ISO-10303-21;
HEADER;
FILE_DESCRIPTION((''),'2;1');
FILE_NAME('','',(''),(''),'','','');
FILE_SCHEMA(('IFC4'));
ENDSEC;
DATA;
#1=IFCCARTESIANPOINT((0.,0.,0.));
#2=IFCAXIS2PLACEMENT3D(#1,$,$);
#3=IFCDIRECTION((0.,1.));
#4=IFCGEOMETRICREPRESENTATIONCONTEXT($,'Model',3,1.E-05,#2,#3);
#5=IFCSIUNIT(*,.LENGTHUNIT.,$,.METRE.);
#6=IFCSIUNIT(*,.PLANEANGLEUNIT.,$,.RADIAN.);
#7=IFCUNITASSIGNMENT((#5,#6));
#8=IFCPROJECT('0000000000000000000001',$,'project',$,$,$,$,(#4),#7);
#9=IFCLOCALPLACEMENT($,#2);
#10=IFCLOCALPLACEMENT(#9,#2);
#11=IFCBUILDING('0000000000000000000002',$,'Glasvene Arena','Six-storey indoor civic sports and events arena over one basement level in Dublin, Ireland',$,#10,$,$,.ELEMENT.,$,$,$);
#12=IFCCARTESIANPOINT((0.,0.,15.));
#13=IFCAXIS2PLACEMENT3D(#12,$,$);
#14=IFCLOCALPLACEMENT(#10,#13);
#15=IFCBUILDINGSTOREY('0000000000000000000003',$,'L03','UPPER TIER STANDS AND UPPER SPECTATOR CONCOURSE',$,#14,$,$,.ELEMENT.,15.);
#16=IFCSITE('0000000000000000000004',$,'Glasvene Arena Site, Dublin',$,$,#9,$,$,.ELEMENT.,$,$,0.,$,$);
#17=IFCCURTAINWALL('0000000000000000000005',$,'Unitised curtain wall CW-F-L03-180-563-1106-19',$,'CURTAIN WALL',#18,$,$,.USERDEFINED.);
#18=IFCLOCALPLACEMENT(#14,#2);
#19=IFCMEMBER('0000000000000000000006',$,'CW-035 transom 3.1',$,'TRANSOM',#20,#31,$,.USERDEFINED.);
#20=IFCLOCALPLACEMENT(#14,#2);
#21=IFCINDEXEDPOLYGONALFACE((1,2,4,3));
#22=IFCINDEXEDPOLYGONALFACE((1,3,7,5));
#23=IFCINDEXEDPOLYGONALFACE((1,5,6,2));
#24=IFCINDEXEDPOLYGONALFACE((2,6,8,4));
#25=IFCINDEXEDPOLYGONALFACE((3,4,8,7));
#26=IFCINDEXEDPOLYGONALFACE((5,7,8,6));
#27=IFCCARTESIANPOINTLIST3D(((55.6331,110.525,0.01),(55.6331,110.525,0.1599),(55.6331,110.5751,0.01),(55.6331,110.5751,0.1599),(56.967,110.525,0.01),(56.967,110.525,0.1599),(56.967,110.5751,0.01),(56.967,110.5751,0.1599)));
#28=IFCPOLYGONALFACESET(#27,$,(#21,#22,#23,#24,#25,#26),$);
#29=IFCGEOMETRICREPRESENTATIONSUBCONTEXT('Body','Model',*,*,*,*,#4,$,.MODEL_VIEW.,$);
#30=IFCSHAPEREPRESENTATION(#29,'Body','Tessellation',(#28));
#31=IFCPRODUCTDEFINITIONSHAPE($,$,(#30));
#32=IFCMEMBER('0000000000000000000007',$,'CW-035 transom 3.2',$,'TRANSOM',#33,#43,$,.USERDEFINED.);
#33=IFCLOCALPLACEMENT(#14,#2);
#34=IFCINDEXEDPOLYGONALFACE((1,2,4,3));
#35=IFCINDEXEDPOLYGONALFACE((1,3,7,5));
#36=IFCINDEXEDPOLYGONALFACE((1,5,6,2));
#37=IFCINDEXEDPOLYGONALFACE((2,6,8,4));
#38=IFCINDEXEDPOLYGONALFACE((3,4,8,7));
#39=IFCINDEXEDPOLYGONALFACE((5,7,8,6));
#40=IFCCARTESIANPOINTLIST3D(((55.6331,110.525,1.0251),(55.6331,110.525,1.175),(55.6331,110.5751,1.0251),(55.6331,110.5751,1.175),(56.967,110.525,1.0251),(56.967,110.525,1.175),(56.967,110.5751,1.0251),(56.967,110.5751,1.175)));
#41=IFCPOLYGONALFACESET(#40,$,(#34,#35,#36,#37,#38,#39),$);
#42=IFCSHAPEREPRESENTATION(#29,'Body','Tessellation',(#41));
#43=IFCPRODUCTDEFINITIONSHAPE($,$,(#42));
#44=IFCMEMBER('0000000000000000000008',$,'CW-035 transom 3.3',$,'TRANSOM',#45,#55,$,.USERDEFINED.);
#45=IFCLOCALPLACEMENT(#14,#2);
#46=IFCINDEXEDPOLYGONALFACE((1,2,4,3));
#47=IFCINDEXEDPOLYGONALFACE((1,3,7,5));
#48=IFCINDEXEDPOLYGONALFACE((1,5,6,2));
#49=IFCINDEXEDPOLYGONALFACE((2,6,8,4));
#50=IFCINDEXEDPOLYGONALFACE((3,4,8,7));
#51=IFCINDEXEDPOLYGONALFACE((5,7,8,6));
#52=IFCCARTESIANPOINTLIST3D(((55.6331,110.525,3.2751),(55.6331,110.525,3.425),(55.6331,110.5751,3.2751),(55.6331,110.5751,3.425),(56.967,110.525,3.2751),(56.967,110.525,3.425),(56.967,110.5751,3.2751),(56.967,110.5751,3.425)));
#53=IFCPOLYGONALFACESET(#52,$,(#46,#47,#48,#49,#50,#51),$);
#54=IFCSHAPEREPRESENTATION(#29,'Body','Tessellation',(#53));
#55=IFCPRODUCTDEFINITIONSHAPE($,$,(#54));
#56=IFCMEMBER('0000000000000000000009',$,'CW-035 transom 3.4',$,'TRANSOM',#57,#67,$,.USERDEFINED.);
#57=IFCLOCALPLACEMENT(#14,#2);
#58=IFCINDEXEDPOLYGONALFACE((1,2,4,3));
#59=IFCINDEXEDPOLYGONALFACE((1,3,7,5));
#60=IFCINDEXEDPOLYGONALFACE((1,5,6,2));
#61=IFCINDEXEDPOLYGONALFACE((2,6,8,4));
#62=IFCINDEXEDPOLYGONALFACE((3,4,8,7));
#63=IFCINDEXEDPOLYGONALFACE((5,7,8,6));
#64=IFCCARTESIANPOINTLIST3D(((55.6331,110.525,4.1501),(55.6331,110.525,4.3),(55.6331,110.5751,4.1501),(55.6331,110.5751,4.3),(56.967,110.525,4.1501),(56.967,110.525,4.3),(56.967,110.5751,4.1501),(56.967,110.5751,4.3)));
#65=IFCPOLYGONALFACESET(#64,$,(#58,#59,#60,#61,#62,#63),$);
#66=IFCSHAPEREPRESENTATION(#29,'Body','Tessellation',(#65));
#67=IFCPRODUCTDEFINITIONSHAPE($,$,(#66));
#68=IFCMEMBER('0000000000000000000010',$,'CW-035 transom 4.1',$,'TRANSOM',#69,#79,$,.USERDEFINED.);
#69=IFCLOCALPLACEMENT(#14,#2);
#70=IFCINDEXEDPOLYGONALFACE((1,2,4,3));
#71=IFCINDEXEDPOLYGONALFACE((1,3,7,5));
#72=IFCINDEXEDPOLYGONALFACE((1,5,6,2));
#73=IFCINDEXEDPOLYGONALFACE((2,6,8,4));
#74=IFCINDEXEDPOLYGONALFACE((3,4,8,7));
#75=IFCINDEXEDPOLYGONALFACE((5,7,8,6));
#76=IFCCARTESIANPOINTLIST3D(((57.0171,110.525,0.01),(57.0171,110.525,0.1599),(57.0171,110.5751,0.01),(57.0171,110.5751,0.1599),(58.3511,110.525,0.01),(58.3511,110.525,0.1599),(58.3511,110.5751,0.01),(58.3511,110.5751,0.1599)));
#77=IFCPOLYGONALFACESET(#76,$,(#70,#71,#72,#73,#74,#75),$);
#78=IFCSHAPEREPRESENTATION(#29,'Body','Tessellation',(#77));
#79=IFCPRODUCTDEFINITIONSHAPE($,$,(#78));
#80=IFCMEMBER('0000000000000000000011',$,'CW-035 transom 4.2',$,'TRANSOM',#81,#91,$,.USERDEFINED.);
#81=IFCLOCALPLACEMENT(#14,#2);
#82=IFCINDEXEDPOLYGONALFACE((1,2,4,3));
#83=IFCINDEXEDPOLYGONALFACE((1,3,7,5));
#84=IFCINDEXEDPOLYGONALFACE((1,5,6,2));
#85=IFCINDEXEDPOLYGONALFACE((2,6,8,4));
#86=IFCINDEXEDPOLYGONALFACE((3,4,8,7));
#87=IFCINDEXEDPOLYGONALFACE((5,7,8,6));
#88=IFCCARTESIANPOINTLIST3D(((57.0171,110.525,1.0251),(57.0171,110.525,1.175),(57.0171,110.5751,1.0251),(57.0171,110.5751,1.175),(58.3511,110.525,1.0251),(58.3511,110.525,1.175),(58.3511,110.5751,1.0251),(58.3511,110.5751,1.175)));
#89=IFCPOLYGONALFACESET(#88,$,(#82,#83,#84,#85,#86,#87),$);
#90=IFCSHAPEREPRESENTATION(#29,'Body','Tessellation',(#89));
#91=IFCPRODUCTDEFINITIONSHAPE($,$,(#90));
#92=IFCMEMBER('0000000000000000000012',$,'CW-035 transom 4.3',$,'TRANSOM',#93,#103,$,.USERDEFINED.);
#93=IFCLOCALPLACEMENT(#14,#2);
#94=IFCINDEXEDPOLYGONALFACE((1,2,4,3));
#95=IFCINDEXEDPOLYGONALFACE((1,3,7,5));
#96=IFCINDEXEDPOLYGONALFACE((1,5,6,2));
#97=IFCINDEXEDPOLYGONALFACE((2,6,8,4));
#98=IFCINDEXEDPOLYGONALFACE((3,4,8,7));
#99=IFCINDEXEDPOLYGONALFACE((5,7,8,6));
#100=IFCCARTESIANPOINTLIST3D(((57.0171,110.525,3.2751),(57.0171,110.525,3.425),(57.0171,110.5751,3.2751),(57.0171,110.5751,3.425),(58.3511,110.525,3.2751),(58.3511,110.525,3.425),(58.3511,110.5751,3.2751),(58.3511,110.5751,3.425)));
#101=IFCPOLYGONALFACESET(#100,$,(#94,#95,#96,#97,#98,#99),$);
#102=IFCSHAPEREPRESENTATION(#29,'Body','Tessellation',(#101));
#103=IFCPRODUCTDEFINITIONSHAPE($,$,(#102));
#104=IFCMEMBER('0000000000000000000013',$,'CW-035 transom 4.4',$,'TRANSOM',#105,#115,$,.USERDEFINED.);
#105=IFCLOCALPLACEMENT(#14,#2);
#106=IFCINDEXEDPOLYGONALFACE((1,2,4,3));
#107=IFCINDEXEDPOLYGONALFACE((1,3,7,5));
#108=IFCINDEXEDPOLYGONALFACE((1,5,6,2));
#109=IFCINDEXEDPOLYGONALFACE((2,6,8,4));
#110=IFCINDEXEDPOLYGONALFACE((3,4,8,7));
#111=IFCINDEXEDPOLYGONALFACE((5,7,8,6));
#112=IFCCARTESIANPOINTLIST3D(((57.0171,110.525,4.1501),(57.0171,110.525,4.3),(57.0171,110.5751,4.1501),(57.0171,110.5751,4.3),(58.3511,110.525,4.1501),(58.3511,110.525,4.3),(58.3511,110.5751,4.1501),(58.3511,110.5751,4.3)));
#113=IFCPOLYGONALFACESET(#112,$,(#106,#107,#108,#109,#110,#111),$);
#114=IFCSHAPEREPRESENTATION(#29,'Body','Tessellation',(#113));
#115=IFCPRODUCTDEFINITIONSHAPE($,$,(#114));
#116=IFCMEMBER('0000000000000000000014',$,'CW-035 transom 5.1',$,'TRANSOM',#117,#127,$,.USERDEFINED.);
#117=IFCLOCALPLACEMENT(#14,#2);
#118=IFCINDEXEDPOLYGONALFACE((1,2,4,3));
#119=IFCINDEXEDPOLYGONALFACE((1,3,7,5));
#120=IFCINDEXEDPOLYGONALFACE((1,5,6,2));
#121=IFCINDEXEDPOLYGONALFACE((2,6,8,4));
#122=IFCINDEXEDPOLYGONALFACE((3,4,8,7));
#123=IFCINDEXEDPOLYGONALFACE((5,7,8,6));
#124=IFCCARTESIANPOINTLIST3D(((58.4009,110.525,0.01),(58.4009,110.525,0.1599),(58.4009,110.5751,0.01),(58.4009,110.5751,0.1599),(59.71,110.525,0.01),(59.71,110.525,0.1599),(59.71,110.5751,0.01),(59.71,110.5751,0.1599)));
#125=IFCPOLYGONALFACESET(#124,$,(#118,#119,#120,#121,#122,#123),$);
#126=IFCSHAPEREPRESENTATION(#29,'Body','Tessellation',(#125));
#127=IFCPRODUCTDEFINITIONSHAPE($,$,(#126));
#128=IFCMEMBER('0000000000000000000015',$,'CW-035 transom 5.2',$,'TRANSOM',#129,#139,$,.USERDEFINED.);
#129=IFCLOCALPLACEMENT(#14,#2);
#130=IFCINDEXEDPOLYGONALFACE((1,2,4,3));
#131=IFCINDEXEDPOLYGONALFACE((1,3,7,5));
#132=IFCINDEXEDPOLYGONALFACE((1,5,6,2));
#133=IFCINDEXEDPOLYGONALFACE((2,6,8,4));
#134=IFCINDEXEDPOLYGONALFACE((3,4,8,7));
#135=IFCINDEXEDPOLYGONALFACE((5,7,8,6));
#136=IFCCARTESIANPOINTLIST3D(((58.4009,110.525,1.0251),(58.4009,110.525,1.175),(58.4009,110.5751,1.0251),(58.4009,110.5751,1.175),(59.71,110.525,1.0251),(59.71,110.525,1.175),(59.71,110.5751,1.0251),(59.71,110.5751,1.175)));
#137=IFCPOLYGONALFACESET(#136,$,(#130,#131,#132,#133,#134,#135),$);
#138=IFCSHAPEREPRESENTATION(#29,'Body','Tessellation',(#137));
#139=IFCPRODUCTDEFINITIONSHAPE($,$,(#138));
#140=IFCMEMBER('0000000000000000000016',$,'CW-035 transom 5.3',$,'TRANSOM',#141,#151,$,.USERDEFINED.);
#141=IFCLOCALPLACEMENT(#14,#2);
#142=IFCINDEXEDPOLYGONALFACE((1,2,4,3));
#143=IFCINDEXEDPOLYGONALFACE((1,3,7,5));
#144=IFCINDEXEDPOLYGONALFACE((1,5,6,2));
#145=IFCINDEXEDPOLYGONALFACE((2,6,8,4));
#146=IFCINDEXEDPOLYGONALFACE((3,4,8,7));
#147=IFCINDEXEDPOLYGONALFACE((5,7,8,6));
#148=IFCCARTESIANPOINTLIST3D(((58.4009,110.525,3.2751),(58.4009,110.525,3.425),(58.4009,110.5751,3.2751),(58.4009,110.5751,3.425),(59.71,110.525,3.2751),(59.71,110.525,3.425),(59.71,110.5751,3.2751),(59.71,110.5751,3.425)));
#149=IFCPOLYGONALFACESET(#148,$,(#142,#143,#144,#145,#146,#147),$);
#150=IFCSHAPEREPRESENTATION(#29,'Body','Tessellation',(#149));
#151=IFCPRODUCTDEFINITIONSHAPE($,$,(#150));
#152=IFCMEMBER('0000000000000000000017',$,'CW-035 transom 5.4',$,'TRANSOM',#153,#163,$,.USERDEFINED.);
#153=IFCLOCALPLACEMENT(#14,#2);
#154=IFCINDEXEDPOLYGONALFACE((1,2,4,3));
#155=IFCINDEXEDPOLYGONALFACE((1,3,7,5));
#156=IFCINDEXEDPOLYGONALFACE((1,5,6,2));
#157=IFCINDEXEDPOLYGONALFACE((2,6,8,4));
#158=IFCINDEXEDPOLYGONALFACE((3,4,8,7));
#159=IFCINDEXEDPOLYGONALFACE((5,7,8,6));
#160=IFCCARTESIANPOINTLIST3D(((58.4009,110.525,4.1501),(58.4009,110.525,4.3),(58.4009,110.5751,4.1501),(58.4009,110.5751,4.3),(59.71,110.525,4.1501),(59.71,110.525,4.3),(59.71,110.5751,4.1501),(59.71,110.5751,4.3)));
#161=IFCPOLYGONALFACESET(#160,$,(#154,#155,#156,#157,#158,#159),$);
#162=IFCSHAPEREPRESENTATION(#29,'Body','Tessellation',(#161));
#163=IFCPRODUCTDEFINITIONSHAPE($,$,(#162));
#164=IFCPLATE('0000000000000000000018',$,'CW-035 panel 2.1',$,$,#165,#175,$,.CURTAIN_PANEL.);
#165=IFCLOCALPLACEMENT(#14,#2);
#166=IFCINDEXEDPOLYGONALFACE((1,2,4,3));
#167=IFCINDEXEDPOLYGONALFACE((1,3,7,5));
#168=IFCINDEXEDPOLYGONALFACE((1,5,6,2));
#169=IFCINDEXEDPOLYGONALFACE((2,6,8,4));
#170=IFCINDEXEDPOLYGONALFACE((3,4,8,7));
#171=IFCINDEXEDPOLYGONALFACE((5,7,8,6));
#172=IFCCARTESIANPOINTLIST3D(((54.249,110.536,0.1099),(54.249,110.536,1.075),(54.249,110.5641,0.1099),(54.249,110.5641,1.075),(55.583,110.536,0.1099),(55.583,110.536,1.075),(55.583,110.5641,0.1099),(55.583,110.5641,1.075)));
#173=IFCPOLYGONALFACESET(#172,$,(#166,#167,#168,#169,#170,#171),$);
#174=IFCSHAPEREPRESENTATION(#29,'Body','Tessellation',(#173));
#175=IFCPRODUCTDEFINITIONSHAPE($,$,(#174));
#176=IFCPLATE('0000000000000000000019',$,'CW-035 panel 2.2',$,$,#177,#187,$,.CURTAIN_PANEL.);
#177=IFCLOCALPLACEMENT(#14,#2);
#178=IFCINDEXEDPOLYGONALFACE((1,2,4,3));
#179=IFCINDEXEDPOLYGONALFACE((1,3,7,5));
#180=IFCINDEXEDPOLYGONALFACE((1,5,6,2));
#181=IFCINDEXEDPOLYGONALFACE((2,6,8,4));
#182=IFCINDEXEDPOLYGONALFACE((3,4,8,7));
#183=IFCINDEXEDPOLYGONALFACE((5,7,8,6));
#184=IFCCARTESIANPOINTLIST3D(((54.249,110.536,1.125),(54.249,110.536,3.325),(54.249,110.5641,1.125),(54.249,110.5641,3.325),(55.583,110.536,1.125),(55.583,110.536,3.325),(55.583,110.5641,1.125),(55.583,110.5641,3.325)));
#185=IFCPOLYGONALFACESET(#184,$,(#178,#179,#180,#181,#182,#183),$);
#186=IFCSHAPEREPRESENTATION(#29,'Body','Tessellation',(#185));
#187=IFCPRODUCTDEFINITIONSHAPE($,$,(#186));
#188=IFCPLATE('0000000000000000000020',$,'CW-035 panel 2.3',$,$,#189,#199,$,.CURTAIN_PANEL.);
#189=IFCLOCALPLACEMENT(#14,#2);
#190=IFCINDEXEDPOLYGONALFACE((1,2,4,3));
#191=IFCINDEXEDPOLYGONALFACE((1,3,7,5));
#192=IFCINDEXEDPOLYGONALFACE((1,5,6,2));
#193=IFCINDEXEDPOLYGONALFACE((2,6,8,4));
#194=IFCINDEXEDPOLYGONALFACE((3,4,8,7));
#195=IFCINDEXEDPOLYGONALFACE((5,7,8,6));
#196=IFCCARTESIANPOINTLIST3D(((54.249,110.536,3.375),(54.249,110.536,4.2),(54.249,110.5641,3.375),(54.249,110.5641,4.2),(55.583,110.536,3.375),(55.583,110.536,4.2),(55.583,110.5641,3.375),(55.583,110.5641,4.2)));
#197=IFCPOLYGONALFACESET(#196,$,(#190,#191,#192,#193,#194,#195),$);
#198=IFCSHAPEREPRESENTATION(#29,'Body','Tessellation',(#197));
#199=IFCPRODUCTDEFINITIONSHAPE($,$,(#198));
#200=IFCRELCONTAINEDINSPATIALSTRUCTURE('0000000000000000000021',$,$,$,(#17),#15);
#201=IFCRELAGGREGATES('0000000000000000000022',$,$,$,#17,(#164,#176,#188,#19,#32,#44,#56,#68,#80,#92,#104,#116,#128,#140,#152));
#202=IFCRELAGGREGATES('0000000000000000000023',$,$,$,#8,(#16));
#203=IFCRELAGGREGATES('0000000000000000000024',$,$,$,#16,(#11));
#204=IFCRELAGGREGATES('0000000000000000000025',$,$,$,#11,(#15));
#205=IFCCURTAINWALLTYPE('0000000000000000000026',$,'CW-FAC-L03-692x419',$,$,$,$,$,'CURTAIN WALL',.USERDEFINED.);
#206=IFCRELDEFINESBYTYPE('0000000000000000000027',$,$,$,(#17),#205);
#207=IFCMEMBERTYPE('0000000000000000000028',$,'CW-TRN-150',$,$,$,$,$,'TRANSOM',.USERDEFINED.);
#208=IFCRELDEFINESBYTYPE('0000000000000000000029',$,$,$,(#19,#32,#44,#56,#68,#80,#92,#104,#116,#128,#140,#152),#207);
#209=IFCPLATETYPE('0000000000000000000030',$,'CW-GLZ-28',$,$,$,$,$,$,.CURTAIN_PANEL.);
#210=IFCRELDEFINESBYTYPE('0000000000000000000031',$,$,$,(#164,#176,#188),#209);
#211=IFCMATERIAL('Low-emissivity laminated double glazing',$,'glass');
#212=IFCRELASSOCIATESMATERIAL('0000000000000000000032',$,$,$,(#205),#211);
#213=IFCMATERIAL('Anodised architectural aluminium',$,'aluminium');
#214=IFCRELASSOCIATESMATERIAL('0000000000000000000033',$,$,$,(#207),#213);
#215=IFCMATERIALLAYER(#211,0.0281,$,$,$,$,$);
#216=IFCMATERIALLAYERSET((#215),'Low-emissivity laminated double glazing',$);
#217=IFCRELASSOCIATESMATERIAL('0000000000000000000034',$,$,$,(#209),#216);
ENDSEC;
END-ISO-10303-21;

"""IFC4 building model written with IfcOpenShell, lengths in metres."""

from ifc_helpers import new_model, si_unit, direction, frame, origin, origin_2d, place, context, subcontext, project, spatial, rectangle, extrude, material, layer, layer_set, material_profile, profile_set, type_object, element, aggregate, save


model = new_model("IFC4")

# Units and contexts
model_context = context("Model", 3, precision=1e-05, world=origin(), true_north=direction((0.0, 1.0)))
body_context = subcontext(model_context, "Body", "Model", "MODEL_VIEW")
ifc_project = project(units=[si_unit("LENGTHUNIT", "METRE"), si_unit("PLANEANGLEUNIT", "RADIAN")], contexts=[model_context])

# Site, building, storey
site_placement = place(None, origin())
site = spatial("IfcSite", under=ifc_project, at=site_placement, Name="Glasvene Arena Site, Dublin", CompositionType="ELEMENT", RefElevation=0.0)
building_placement = place(site_placement, origin())
building = spatial("IfcBuilding", under=site, at=building_placement, Name="Glasvene Arena", Description="Six-storey indoor civic sports and events arena over one basement level in Dublin, Ireland", CompositionType="ELEMENT")
storey_placement = place(building_placement, frame((0.0, 0.0, 15.0)))
storey = spatial("IfcBuildingStorey", under=building, at=storey_placement, Name="L03", Description="UPPER TIER STANDS AND UPPER SPECTATOR CONCOURSE", CompositionType="ELEMENT", Elevation=15.0)

# Curtain wall, members, plates
ifc_material_1 = material(Name="Low-emissivity laminated double glazing", Category="glass")
curtain_wall_type = type_object("IfcCurtainWallType", Name="CW-FAC-L03-692x419", ElementType="CURTAIN WALL", PredefinedType="USERDEFINED", material=ifc_material_1)
curtain_wall_placement = place(storey_placement, frame((52.8401, 110.55, 0.0)))
curtain_wall = element("IfcCurtainWall", 1, at=curtain_wall_placement, inside=storey, type_object=curtain_wall_type, Name="Unitised curtain wall CW-F-L03-180-563-1106-19", ObjectType="CURTAIN WALL", PredefinedType="USERDEFINED")
ifc_material_2 = material(Name="Anodised architectural aluminium", Category="aluminium")
ifc_material_profile_1 = material_profile(ifc_material_2, rectangle(XDim=0.05, YDim=0.1499, at=origin_2d()), Name="ALU TRANSOM 50x150")
ifc_profile_set_1 = profile_set([ifc_material_profile_1], Name="Anodised architectural aluminium")
member_type_1 = type_object("IfcMemberType", Name="CW-TRN-150", ElementType="TRANSOM", PredefinedType="USERDEFINED", material=ifc_profile_set_1)
member_1_placement = place(storey_placement, frame((55.6331, 110.55, 0.085), z_axis=(1.0, 0.0, 0.0), x_axis=(0.0, 1.0, 0.0)))
member_1 = element("IfcMember", 2, at=member_1_placement, type_object=member_type_1, Name="CW-035 transom 3.1", ObjectType="TRANSOM", PredefinedType="USERDEFINED", context=body_context, shape_type="SweptSolid", body=[
    extrude(rectangle(XDim=0.05, YDim=0.1499, at=origin_2d()), origin(), (0.0, 0.0, 1.0), 1.334),
])
member_2_placement = place(storey_placement, frame((55.6331, 110.55, 1.1001), z_axis=(1.0, 0.0, 0.0), x_axis=(0.0, 1.0, 0.0)))
member_2 = element("IfcMember", 3, at=member_2_placement, type_object=member_type_1, Name="CW-035 transom 3.2", ObjectType="TRANSOM", PredefinedType="USERDEFINED", context=body_context, shape_type="SweptSolid", body=[
    extrude(rectangle(XDim=0.05, YDim=0.1499, at=origin_2d()), origin(), (0.0, 0.0, 1.0), 1.334),
])
member_3_placement = place(storey_placement, frame((55.6331, 110.55, 3.3501), z_axis=(1.0, 0.0, 0.0), x_axis=(0.0, 1.0, 0.0)))
member_3 = element("IfcMember", 4, at=member_3_placement, type_object=member_type_1, Name="CW-035 transom 3.3", ObjectType="TRANSOM", PredefinedType="USERDEFINED", context=body_context, shape_type="SweptSolid", body=[
    extrude(rectangle(XDim=0.05, YDim=0.1499, at=origin_2d()), origin(), (0.0, 0.0, 1.0), 1.334),
])
member_4_placement = place(storey_placement, frame((55.6331, 110.55, 4.2251), z_axis=(1.0, 0.0, 0.0), x_axis=(0.0, 1.0, 0.0)))
member_4 = element("IfcMember", 5, at=member_4_placement, type_object=member_type_1, Name="CW-035 transom 3.4", ObjectType="TRANSOM", PredefinedType="USERDEFINED", context=body_context, shape_type="SweptSolid", body=[
    extrude(rectangle(XDim=0.05, YDim=0.1499, at=origin_2d()), origin(), (0.0, 0.0, 1.0), 1.334),
])
member_5_placement = place(storey_placement, frame((57.0171, 110.55, 0.085), z_axis=(1.0, 0.0, 0.0), x_axis=(0.0, 1.0, 0.0)))
member_5 = element("IfcMember", 6, at=member_5_placement, type_object=member_type_1, Name="CW-035 transom 4.1", ObjectType="TRANSOM", PredefinedType="USERDEFINED", context=body_context, shape_type="SweptSolid", body=[
    extrude(rectangle(XDim=0.05, YDim=0.1499, at=origin_2d()), origin(), (0.0, 0.0, 1.0), 1.334),
])
member_6_placement = place(storey_placement, frame((57.0171, 110.55, 1.1001), z_axis=(1.0, 0.0, 0.0), x_axis=(0.0, 1.0, 0.0)))
member_6 = element("IfcMember", 7, at=member_6_placement, type_object=member_type_1, Name="CW-035 transom 4.2", ObjectType="TRANSOM", PredefinedType="USERDEFINED", context=body_context, shape_type="SweptSolid", body=[
    extrude(rectangle(XDim=0.05, YDim=0.1499, at=origin_2d()), origin(), (0.0, 0.0, 1.0), 1.334),
])
member_7_placement = place(storey_placement, frame((57.0171, 110.55, 3.3501), z_axis=(1.0, 0.0, 0.0), x_axis=(0.0, 1.0, 0.0)))
member_7 = element("IfcMember", 8, at=member_7_placement, type_object=member_type_1, Name="CW-035 transom 4.3", ObjectType="TRANSOM", PredefinedType="USERDEFINED", context=body_context, shape_type="SweptSolid", body=[
    extrude(rectangle(XDim=0.05, YDim=0.1499, at=origin_2d()), origin(), (0.0, 0.0, 1.0), 1.334),
])
member_8_placement = place(storey_placement, frame((57.0171, 110.55, 4.2251), z_axis=(1.0, 0.0, 0.0), x_axis=(0.0, 1.0, 0.0)))
member_8 = element("IfcMember", 9, at=member_8_placement, type_object=member_type_1, Name="CW-035 transom 4.4", ObjectType="TRANSOM", PredefinedType="USERDEFINED", context=body_context, shape_type="SweptSolid", body=[
    extrude(rectangle(XDim=0.05, YDim=0.1499, at=origin_2d()), origin(), (0.0, 0.0, 1.0), 1.334),
])
member_9_placement = place(storey_placement, frame((58.4009, 110.55, 0.085), z_axis=(1.0, 0.0, 0.0), x_axis=(0.0, 1.0, 0.0)))
member_9 = element("IfcMember", 10, at=member_9_placement, type_object=member_type_1, Name="CW-035 transom 5.1", ObjectType="TRANSOM", PredefinedType="USERDEFINED", context=body_context, shape_type="SweptSolid", body=[
    extrude(rectangle(XDim=0.05, YDim=0.1499, at=origin_2d()), origin(), (0.0, 0.0, 1.0), 1.3091),
])
member_10_placement = place(storey_placement, frame((58.4009, 110.55, 1.1001), z_axis=(1.0, 0.0, 0.0), x_axis=(0.0, 1.0, 0.0)))
member_10 = element("IfcMember", 11, at=member_10_placement, type_object=member_type_1, Name="CW-035 transom 5.2", ObjectType="TRANSOM", PredefinedType="USERDEFINED", context=body_context, shape_type="SweptSolid", body=[
    extrude(rectangle(XDim=0.05, YDim=0.1499, at=origin_2d()), origin(), (0.0, 0.0, 1.0), 1.3091),
])
member_11_placement = place(storey_placement, frame((58.4009, 110.55, 3.3501), z_axis=(1.0, 0.0, 0.0), x_axis=(0.0, 1.0, 0.0)))
member_11 = element("IfcMember", 12, at=member_11_placement, type_object=member_type_1, Name="CW-035 transom 5.3", ObjectType="TRANSOM", PredefinedType="USERDEFINED", context=body_context, shape_type="SweptSolid", body=[
    extrude(rectangle(XDim=0.05, YDim=0.1499, at=origin_2d()), origin(), (0.0, 0.0, 1.0), 1.3091),
])
member_12_placement = place(storey_placement, frame((58.4009, 110.55, 4.2251), z_axis=(1.0, 0.0, 0.0), x_axis=(0.0, 1.0, 0.0)))
member_12 = element("IfcMember", 13, at=member_12_placement, type_object=member_type_1, Name="CW-035 transom 5.4", ObjectType="TRANSOM", PredefinedType="USERDEFINED", context=body_context, shape_type="SweptSolid", body=[
    extrude(rectangle(XDim=0.05, YDim=0.1499, at=origin_2d()), origin(), (0.0, 0.0, 1.0), 1.3091),
])
ifc_layer_1 = layer(ifc_material_1, 0.0281)
ifc_layer_set_1 = layer_set([ifc_layer_1], Name="Low-emissivity laminated double glazing")
plate_type = type_object("IfcPlateType", Name="CW-GLZ-28", PredefinedType="CURTAIN_PANEL", material=ifc_layer_set_1)
plate_1_placement = place(storey_placement, frame((54.916, 110.55, 0.1099), z_axis=(0.0, 0.0, 1.0), x_axis=(1.0, 0.0, 0.0)))
plate_1 = element("IfcPlate", 14, at=plate_1_placement, type_object=plate_type, Name="CW-035 panel 2.1", PredefinedType="CURTAIN_PANEL", context=body_context, shape_type="SweptSolid", body=[
    extrude(rectangle(XDim=1.334, YDim=0.0281, at=origin_2d()), origin(), (0.0, 0.0, 1.0), 0.9651),
])
plate_2_placement = place(storey_placement, frame((54.916, 110.55, 1.125), z_axis=(0.0, 0.0, 1.0), x_axis=(1.0, 0.0, 0.0)))
plate_2 = element("IfcPlate", 15, at=plate_2_placement, type_object=plate_type, Name="CW-035 panel 2.2", PredefinedType="CURTAIN_PANEL", context=body_context, shape_type="SweptSolid", body=[
    extrude(rectangle(XDim=1.334, YDim=0.0281, at=origin_2d()), origin(), (0.0, 0.0, 1.0), 2.2),
])
plate_3_placement = place(storey_placement, frame((54.916, 110.55, 3.375), z_axis=(0.0, 0.0, 1.0), x_axis=(1.0, 0.0, 0.0)))
plate_3 = element("IfcPlate", 16, at=plate_3_placement, type_object=plate_type, Name="CW-035 panel 2.3", PredefinedType="CURTAIN_PANEL", context=body_context, shape_type="SweptSolid", body=[
    extrude(rectangle(XDim=1.334, YDim=0.0281, at=origin_2d()), origin(), (0.0, 0.0, 1.0), 0.825),
])
aggregate(curtain_wall, [plate_1, plate_2, plate_3, member_1, member_2, member_3, member_4, member_5, member_6, member_7, member_8, member_9, member_10, member_11, member_12])

save(model, "model.ifc")
